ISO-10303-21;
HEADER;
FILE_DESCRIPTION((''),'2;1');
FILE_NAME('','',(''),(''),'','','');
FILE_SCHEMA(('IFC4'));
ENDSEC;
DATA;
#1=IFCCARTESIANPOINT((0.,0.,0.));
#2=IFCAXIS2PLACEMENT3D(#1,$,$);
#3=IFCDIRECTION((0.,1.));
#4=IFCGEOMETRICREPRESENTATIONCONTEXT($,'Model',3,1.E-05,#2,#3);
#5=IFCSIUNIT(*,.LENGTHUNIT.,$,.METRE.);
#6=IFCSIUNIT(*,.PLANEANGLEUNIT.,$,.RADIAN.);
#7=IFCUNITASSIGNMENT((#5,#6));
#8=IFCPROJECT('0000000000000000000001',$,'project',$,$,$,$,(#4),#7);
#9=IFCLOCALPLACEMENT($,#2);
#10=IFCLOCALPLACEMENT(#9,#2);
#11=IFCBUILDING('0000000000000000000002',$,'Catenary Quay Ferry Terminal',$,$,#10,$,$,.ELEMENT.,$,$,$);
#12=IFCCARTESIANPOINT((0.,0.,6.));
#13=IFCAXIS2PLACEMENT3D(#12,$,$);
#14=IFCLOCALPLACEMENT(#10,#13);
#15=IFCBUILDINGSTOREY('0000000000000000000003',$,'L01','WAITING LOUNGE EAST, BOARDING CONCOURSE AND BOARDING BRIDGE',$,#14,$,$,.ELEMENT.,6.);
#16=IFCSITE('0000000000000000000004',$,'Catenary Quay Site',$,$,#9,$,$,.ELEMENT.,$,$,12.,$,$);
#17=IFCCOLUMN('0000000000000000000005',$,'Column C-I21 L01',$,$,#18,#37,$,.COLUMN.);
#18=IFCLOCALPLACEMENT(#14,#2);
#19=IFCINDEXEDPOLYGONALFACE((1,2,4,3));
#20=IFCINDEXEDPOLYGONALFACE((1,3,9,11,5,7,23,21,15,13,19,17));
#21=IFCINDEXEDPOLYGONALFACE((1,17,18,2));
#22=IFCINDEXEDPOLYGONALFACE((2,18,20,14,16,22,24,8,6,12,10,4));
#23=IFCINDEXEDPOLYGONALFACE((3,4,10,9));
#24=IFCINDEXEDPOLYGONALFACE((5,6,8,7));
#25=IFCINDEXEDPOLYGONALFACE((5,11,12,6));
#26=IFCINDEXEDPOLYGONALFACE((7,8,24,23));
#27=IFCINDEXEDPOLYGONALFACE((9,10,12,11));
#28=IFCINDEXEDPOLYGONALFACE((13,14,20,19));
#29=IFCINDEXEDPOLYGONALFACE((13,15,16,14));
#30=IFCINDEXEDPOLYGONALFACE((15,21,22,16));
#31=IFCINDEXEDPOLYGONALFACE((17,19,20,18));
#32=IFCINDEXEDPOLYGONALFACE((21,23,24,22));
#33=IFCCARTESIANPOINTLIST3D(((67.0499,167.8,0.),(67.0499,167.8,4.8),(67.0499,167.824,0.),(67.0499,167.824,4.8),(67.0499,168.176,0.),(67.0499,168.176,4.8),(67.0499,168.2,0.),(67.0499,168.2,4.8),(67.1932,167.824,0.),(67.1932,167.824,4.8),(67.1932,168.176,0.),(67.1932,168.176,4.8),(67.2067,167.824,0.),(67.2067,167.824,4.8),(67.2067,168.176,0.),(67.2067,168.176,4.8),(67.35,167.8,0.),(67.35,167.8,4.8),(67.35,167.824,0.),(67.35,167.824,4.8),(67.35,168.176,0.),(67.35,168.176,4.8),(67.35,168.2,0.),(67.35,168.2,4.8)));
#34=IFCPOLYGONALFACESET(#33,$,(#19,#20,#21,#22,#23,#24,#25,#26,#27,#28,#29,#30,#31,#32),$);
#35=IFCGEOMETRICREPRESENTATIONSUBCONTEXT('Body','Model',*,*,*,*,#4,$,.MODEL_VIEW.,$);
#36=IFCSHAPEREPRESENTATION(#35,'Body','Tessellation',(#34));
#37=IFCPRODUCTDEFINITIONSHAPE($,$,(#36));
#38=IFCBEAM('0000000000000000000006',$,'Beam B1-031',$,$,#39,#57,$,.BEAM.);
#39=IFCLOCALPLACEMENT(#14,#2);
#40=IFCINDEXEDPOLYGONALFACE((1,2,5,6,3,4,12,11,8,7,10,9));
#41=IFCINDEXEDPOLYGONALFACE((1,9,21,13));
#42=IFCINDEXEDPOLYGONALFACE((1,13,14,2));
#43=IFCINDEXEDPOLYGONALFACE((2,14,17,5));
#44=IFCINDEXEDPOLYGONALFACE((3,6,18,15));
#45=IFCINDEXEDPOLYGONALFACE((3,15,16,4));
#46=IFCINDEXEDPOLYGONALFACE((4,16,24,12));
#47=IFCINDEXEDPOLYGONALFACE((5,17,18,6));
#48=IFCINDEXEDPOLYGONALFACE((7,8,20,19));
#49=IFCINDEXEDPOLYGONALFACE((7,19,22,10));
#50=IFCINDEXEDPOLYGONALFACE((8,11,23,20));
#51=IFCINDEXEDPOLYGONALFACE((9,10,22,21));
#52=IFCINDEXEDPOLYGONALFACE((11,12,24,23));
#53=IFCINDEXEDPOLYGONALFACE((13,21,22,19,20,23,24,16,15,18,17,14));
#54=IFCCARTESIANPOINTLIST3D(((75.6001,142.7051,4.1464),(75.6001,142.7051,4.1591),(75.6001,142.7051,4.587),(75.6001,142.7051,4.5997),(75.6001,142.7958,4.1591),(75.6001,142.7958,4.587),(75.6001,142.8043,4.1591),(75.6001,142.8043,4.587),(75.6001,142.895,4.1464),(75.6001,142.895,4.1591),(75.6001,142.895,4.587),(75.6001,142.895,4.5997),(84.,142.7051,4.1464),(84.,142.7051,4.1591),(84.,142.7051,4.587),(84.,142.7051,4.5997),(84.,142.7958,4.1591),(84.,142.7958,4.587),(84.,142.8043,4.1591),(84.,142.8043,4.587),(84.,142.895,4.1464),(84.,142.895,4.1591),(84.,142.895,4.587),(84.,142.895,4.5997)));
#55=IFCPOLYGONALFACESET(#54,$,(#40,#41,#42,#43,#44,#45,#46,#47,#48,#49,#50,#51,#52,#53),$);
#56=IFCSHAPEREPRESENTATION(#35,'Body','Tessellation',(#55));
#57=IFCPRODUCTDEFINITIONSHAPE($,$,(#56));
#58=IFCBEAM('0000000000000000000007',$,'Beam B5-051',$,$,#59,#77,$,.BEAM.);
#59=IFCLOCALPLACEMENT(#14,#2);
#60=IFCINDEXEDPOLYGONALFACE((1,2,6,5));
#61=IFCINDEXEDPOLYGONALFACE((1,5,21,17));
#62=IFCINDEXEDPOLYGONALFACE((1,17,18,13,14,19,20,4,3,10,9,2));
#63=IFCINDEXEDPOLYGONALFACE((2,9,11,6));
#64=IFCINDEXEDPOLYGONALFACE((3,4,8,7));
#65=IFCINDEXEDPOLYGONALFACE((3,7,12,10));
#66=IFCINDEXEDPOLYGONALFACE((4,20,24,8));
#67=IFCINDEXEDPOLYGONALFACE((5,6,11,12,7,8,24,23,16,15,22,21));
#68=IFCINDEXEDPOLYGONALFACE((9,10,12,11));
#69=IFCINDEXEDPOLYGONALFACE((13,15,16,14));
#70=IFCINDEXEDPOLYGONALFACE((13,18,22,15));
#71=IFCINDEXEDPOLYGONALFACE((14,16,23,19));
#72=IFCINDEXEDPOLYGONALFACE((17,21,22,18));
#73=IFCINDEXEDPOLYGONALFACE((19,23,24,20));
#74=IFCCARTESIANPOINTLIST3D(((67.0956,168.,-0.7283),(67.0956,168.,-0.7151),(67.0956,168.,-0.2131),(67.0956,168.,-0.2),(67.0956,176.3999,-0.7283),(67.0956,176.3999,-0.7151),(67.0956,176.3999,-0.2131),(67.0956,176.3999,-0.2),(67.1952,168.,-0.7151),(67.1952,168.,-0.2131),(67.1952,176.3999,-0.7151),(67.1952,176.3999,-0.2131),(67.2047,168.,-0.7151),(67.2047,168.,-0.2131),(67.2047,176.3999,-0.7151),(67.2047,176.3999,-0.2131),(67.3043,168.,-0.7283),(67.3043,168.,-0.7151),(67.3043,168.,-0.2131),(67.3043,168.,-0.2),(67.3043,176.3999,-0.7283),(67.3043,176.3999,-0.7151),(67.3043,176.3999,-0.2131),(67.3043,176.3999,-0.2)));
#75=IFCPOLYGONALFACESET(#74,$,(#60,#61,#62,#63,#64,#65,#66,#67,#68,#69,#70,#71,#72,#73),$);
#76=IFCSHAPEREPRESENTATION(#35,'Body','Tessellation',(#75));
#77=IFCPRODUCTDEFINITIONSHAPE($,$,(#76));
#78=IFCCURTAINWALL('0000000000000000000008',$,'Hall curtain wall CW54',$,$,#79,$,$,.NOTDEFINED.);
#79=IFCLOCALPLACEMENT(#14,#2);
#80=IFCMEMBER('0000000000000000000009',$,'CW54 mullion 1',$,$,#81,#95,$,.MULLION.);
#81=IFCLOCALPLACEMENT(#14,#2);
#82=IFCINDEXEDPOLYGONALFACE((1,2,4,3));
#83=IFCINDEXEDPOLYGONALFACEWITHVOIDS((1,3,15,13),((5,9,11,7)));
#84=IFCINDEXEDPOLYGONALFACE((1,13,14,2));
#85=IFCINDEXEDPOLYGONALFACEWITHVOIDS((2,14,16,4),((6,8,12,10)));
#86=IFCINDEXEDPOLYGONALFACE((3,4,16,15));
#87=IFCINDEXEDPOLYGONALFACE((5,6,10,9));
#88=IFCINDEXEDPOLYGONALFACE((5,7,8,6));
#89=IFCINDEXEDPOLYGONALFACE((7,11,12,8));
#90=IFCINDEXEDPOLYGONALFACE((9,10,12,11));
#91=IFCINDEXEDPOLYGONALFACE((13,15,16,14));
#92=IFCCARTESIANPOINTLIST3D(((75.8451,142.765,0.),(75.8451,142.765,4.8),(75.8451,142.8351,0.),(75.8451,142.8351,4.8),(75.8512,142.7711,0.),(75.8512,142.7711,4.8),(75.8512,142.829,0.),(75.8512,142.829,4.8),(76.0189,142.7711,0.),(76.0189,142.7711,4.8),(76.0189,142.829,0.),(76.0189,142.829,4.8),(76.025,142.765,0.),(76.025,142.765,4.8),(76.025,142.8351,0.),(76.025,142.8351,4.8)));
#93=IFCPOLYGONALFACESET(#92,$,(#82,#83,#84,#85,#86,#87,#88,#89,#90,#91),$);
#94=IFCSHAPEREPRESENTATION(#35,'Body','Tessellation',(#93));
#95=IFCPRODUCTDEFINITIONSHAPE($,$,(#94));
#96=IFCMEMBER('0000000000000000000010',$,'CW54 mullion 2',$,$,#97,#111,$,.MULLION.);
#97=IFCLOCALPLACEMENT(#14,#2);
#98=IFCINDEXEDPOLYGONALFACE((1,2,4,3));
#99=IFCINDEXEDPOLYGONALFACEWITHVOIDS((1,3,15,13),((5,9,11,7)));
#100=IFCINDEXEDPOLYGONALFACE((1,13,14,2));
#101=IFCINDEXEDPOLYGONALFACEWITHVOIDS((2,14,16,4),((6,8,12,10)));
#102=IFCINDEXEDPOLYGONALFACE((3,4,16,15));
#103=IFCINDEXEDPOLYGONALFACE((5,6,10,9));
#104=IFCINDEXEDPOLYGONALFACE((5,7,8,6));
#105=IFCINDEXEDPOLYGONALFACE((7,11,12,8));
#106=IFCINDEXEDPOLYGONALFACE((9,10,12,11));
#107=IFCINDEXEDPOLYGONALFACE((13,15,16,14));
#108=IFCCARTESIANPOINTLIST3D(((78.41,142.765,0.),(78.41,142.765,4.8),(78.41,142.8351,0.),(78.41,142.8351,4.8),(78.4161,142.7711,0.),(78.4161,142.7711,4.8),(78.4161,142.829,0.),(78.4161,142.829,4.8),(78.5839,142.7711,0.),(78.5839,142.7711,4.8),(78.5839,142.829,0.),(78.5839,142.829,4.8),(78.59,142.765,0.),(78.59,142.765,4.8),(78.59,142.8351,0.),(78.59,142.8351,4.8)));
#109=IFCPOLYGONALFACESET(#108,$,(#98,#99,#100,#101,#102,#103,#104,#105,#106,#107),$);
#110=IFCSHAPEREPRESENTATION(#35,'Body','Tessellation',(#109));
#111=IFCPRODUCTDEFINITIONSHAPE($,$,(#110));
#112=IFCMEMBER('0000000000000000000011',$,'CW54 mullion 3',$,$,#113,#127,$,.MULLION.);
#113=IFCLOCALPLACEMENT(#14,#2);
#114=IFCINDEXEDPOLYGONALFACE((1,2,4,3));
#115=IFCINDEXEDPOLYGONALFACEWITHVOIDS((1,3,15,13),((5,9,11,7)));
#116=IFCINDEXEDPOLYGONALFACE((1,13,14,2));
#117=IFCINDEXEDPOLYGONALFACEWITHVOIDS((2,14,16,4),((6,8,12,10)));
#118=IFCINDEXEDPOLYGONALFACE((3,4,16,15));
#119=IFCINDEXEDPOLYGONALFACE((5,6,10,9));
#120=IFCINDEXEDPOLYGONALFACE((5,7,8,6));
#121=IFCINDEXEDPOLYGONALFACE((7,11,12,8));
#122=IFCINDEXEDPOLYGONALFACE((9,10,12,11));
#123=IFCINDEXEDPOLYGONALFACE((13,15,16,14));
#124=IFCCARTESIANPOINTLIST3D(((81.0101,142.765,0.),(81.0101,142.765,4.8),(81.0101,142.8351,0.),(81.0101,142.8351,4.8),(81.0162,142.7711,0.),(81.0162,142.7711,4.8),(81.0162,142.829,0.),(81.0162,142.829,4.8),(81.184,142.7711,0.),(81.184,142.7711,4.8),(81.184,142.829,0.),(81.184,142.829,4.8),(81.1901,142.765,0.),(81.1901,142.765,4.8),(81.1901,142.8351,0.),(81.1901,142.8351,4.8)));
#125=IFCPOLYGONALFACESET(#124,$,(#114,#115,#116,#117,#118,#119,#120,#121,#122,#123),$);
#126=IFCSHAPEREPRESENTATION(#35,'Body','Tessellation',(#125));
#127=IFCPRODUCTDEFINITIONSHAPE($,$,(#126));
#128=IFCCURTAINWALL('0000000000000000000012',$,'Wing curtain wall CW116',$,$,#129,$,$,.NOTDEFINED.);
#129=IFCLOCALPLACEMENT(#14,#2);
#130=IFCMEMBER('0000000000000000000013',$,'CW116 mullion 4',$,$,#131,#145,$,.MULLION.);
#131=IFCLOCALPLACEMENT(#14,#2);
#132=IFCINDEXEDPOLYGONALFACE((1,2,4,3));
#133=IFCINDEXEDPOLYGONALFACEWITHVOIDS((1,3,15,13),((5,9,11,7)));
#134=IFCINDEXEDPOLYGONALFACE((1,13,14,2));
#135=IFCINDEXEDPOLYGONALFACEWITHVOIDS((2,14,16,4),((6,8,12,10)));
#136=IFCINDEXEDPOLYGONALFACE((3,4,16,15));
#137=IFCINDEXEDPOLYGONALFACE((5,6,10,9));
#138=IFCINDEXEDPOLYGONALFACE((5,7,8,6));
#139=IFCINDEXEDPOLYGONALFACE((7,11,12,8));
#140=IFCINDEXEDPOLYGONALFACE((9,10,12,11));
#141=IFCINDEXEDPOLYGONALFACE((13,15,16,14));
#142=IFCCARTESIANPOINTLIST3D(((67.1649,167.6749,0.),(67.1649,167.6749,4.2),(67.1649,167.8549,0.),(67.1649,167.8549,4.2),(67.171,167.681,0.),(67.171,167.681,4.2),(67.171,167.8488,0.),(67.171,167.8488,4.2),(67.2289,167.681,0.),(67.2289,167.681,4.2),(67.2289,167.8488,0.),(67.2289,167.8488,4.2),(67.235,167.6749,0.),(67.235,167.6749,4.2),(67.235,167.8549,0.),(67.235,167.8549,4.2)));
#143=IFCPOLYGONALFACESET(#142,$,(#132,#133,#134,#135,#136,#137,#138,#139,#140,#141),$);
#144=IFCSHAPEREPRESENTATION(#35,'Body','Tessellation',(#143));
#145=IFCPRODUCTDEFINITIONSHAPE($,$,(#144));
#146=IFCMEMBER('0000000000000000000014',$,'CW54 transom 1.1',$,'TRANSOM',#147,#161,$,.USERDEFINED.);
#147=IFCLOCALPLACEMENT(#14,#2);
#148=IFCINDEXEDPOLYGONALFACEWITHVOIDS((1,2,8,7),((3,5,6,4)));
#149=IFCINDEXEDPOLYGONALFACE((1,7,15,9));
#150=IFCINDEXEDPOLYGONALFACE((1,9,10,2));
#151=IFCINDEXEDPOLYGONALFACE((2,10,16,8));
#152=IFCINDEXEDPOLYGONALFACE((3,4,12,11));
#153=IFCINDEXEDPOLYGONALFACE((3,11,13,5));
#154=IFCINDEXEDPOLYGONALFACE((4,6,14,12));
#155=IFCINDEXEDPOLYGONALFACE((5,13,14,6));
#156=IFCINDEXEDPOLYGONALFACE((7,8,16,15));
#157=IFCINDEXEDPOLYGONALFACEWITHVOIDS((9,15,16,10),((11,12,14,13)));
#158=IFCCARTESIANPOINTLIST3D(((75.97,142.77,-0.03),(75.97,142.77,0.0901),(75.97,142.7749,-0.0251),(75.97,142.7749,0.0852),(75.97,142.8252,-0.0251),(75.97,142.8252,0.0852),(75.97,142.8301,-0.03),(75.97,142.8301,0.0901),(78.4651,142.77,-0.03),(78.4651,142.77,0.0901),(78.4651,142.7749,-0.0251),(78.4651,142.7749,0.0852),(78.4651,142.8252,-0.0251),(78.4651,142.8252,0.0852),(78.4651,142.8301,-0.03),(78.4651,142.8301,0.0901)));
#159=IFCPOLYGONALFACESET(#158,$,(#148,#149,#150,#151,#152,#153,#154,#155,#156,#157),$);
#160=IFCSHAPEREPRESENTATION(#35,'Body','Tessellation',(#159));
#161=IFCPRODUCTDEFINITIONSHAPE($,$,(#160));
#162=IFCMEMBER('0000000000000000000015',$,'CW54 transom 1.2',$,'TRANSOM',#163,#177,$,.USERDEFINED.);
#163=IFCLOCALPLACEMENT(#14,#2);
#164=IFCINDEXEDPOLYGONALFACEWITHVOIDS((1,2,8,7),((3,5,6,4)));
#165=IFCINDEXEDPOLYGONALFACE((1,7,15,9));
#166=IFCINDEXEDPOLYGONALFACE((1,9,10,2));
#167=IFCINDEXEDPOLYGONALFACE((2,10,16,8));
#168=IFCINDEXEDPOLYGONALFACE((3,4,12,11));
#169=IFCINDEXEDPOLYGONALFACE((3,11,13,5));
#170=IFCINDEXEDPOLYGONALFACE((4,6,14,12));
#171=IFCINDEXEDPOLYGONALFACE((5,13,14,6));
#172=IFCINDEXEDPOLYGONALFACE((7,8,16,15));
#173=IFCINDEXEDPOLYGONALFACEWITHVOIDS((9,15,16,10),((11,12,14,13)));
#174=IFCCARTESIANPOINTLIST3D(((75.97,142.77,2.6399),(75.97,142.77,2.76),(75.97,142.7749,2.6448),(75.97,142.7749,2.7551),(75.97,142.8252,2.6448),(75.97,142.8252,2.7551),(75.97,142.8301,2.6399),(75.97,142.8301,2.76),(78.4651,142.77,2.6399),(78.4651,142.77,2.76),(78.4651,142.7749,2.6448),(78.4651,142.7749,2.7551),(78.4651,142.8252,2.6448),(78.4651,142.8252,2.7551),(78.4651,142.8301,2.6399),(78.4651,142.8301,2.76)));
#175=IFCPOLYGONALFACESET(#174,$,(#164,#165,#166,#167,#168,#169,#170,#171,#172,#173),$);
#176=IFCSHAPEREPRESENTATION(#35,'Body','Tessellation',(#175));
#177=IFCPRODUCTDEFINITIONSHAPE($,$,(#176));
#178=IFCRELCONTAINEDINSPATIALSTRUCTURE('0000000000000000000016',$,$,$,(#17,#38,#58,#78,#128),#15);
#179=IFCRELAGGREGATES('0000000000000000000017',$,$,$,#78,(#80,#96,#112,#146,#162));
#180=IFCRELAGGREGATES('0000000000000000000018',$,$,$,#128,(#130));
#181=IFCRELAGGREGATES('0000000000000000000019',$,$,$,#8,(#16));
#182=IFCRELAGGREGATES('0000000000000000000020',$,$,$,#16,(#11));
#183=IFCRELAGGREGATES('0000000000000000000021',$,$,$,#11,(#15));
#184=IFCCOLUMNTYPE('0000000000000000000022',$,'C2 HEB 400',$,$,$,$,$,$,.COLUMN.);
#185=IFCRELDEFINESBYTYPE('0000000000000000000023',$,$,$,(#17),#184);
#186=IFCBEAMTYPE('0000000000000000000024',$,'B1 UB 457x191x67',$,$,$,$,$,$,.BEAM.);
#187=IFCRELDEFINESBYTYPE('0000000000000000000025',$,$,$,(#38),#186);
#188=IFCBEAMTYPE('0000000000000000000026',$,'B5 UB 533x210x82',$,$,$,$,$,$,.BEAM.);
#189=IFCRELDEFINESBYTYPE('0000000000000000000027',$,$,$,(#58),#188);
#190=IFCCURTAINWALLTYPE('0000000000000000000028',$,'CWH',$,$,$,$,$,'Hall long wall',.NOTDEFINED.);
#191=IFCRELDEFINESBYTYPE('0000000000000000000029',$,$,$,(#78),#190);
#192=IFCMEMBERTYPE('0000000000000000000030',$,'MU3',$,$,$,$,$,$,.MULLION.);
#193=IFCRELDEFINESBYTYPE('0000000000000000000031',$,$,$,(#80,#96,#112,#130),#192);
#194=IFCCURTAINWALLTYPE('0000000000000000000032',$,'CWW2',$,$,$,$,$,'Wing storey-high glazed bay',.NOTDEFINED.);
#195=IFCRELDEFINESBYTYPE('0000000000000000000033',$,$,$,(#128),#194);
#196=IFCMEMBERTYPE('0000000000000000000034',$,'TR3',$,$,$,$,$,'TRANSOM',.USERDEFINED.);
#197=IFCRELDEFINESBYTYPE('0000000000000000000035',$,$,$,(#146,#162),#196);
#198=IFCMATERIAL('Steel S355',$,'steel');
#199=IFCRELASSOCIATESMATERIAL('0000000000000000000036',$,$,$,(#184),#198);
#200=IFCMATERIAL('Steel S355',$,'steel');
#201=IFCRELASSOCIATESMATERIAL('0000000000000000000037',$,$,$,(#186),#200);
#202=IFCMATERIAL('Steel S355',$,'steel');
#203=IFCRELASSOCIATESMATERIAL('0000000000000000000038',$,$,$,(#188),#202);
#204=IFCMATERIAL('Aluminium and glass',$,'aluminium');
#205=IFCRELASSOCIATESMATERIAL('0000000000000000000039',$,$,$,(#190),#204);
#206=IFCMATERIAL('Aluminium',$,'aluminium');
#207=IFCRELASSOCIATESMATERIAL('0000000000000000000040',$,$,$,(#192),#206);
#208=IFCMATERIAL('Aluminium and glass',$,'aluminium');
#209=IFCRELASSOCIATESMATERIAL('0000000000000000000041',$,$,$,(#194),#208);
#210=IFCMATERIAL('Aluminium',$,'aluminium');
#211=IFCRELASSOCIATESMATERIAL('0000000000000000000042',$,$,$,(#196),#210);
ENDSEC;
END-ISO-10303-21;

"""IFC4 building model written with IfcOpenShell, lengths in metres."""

from ifc_helpers import new_model, si_unit, direction, frame, origin, origin_2d, place, context, subcontext, project, spatial, hollow_rectangle, i_section, extrude, material, material_profile, profile_set, type_object, element, aggregate, save


model = new_model("IFC4")

# Units and contexts
model_context = context("Model", 3, precision=1e-05, world=origin(), true_north=direction((0.0, 1.0)))
body_context = subcontext(model_context, "Body", "Model", "MODEL_VIEW")
ifc_project = project(units=[si_unit("LENGTHUNIT", "METRE"), si_unit("PLANEANGLEUNIT", "RADIAN")], contexts=[model_context])

# Site, building, storey
site_placement = place(None, origin())
site = spatial("IfcSite", under=ifc_project, at=site_placement, Name="Catenary Quay Site", CompositionType="ELEMENT", RefElevation=12.0)
building_placement = place(site_placement, origin())
building = spatial("IfcBuilding", under=site, at=building_placement, Name="Catenary Quay Ferry Terminal", CompositionType="ELEMENT")
storey_placement = place(building_placement, frame((0.0, 0.0, 6.0)))
storey = spatial("IfcBuildingStorey", under=building, at=storey_placement, Name="L01", Description="WAITING LOUNGE EAST, BOARDING CONCOURSE AND BOARDING BRIDGE", CompositionType="ELEMENT", Elevation=6.0)

# Column
ifc_material_1 = material(Name="Steel S355", Category="steel")
ifc_material_profile_1 = material_profile(ifc_material_1, i_section(OverallWidth=0.3, OverallDepth=0.3999, WebThickness=0.0134, FlangeThickness=0.0239, at=origin_2d()), Name="HEB 400")
ifc_profile_set_1 = profile_set([ifc_material_profile_1], Name="Steel S355")
column_type = type_object("IfcColumnType", Name="C2 HEB 400", PredefinedType="COLUMN", material=ifc_profile_set_1)
column_placement = place(storey_placement, frame((67.2, 168.0, 0.0), z_axis=(0.0, 0.0, 1.0), x_axis=(1.0, 0.0, 0.0)))
element("IfcColumn", 1, at=column_placement, inside=storey, type_object=column_type, Name="Column C-I21 L01", PredefinedType="COLUMN", context=body_context, shape_type="SweptSolid", body=[
    extrude(i_section(OverallWidth=0.3, OverallDepth=0.3999, WebThickness=0.0134, FlangeThickness=0.0239, at=origin_2d()), origin(), (0.0, 0.0, 1.0), 4.8),
])

# Beams
ifc_material_2 = material(Name="Steel S355", Category="steel")
ifc_material_profile_2 = material_profile(ifc_material_2, i_section(OverallWidth=0.1899, OverallDepth=0.4534, WebThickness=0.0085, FlangeThickness=0.0127, at=origin_2d()), Name="UB 457x191x67")
ifc_profile_set_2 = profile_set([ifc_material_profile_2], Name="Steel S355")
beam_type_1 = type_object("IfcBeamType", Name="B1 UB 457x191x67", PredefinedType="BEAM", material=ifc_profile_set_2)
beam_1_placement = place(storey_placement, frame((75.6001, 142.8, 4.373), z_axis=(1.0, 0.0, 0.0), x_axis=(0.0, 1.0, 0.0)))
element("IfcBeam", 2, at=beam_1_placement, inside=storey, type_object=beam_type_1, Name="Beam B1-031", PredefinedType="BEAM", context=body_context, shape_type="SweptSolid", body=[
    extrude(i_section(OverallWidth=0.1899, OverallDepth=0.4534, WebThickness=0.0085, FlangeThickness=0.0127, at=origin_2d()), origin(), (0.0, 0.0, 1.0), 8.3999),
])
ifc_material_3 = material(Name="Steel S355", Category="steel")
ifc_material_profile_3 = material_profile(ifc_material_3, i_section(OverallWidth=0.2087, OverallDepth=0.5283, WebThickness=0.0095, FlangeThickness=0.0132, at=origin_2d()), Name="UB 533x210x82")
ifc_profile_set_3 = profile_set([ifc_material_profile_3], Name="Steel S355")
beam_type_2 = type_object("IfcBeamType", Name="B5 UB 533x210x82", PredefinedType="BEAM", material=ifc_profile_set_3)
beam_2_placement = place(storey_placement, frame((67.2, 168.0, -0.4641), z_axis=(0.0, 1.0, 0.0), x_axis=(-1.0, 0.0, 0.0)))
element("IfcBeam", 3, at=beam_2_placement, inside=storey, type_object=beam_type_2, Name="Beam B5-051", PredefinedType="BEAM", context=body_context, shape_type="SweptSolid", body=[
    extrude(i_section(OverallWidth=0.2087, OverallDepth=0.5283, WebThickness=0.0095, FlangeThickness=0.0132, at=origin_2d()), origin(), (0.0, 0.0, 1.0), 8.3999),
])

# Curtain wall, members
ifc_material_4 = material(Name="Aluminium and glass", Category="aluminium")
curtain_wall_type_1 = type_object("IfcCurtainWallType", Name="CWH", ElementType="Hall long wall", PredefinedType="NOTDEFINED", material=ifc_material_4)
curtain_wall_1_placement = place(storey_placement, origin())
curtain_wall_1 = element("IfcCurtainWall", 4, at=curtain_wall_1_placement, inside=storey, type_object=curtain_wall_type_1, Name="Hall curtain wall CW54", PredefinedType="NOTDEFINED")
ifc_material_5 = material(Name="Aluminium", Category="aluminium")
ifc_material_profile_4 = material_profile(ifc_material_5, hollow_rectangle(XDim=0.0701, YDim=0.1799, WallThickness=0.0061, at=origin_2d()), Name="MU3")
ifc_profile_set_4 = profile_set([ifc_material_profile_4], Name="Aluminium")
member_type_1 = type_object("IfcMemberType", Name="MU3", PredefinedType="MULLION", material=ifc_profile_set_4)
member_1_placement = place(storey_placement, frame((75.9351, 142.8, 0.0), z_axis=(0.0, 0.0, 1.0), x_axis=(0.0, 1.0, 0.0)))
member_1 = element("IfcMember", 5, at=member_1_placement, type_object=member_type_1, Name="CW54 mullion 1", PredefinedType="MULLION", context=body_context, shape_type="SweptSolid", body=[
    extrude(hollow_rectangle(XDim=0.0701, YDim=0.1799, WallThickness=0.0061, at=origin_2d()), origin(), (0.0, 0.0, 1.0), 4.8),
])
member_2_placement = place(storey_placement, frame((78.5, 142.8, 0.0), z_axis=(0.0, 0.0, 1.0), x_axis=(0.0, 1.0, 0.0)))
member_2 = element("IfcMember", 6, at=member_2_placement, type_object=member_type_1, Name="CW54 mullion 2", PredefinedType="MULLION", context=body_context, shape_type="SweptSolid", body=[
    extrude(hollow_rectangle(XDim=0.0701, YDim=0.1799, WallThickness=0.0061, at=origin_2d()), origin(), (0.0, 0.0, 1.0), 4.8),
])
member_3_placement = place(storey_placement, frame((81.1001, 142.8, 0.0), z_axis=(0.0, 0.0, 1.0), x_axis=(0.0, 1.0, 0.0)))
member_3 = element("IfcMember", 7, at=member_3_placement, type_object=member_type_1, Name="CW54 mullion 3", PredefinedType="MULLION", context=body_context, shape_type="SweptSolid", body=[
    extrude(hollow_rectangle(XDim=0.0701, YDim=0.1799, WallThickness=0.0061, at=origin_2d()), origin(), (0.0, 0.0, 1.0), 4.8),
])

# Curtain wall, member
ifc_material_6 = material(Name="Aluminium and glass", Category="aluminium")
curtain_wall_type_2 = type_object("IfcCurtainWallType", Name="CWW2", ElementType="Wing storey-high glazed bay", PredefinedType="NOTDEFINED", material=ifc_material_6)
curtain_wall_2_placement = place(storey_placement, origin())
curtain_wall_2 = element("IfcCurtainWall", 8, at=curtain_wall_2_placement, inside=storey, type_object=curtain_wall_type_2, Name="Wing curtain wall CW116", PredefinedType="NOTDEFINED")
member_4_placement = place(storey_placement, frame((67.2, 167.7649, 0.0), z_axis=(0.0, 0.0, 1.0), x_axis=(-1.0, 0.0, 0.0)))
member_4 = element("IfcMember", 9, at=member_4_placement, type_object=member_type_1, Name="CW116 mullion 4", PredefinedType="MULLION", context=body_context, shape_type="SweptSolid", body=[
    extrude(hollow_rectangle(XDim=0.0701, YDim=0.1799, WallThickness=0.0061, at=origin_2d()), origin(), (0.0, 0.0, 1.0), 4.2),
])

# Members
ifc_material_7 = material(Name="Aluminium", Category="aluminium")
ifc_material_profile_5 = material_profile(ifc_material_7, hollow_rectangle(XDim=0.0601, YDim=0.1201, WallThickness=0.0049, at=origin_2d()), Name="TR3")
ifc_profile_set_5 = profile_set([ifc_material_profile_5], Name="Aluminium")
member_type_2 = type_object("IfcMemberType", Name="TR3", ElementType="TRANSOM", PredefinedType="USERDEFINED", material=ifc_profile_set_5)
member_5_placement = place(storey_placement, frame((75.97, 142.8, 0.03), z_axis=(1.0, 0.0, 0.0), x_axis=(0.0, 1.0, 0.0)))
member_5 = element("IfcMember", 10, at=member_5_placement, type_object=member_type_2, Name="CW54 transom 1.1", ObjectType="TRANSOM", PredefinedType="USERDEFINED", context=body_context, shape_type="SweptSolid", body=[
    extrude(hollow_rectangle(XDim=0.0601, YDim=0.1201, WallThickness=0.0049, at=origin_2d()), origin(), (0.0, 0.0, 1.0), 2.4951),
])
member_6_placement = place(storey_placement, frame((75.97, 142.8, 2.7), z_axis=(1.0, 0.0, 0.0), x_axis=(0.0, 1.0, 0.0)))
member_6 = element("IfcMember", 11, at=member_6_placement, type_object=member_type_2, Name="CW54 transom 1.2", ObjectType="TRANSOM", PredefinedType="USERDEFINED", context=body_context, shape_type="SweptSolid", body=[
    extrude(hollow_rectangle(XDim=0.0601, YDim=0.1201, WallThickness=0.0049, at=origin_2d()), origin(), (0.0, 0.0, 1.0), 2.4951),
])

aggregate(curtain_wall_1, [member_1, member_2, member_3, member_5, member_6])
aggregate(curtain_wall_2, [member_4])

save(model, "model.ifc")
